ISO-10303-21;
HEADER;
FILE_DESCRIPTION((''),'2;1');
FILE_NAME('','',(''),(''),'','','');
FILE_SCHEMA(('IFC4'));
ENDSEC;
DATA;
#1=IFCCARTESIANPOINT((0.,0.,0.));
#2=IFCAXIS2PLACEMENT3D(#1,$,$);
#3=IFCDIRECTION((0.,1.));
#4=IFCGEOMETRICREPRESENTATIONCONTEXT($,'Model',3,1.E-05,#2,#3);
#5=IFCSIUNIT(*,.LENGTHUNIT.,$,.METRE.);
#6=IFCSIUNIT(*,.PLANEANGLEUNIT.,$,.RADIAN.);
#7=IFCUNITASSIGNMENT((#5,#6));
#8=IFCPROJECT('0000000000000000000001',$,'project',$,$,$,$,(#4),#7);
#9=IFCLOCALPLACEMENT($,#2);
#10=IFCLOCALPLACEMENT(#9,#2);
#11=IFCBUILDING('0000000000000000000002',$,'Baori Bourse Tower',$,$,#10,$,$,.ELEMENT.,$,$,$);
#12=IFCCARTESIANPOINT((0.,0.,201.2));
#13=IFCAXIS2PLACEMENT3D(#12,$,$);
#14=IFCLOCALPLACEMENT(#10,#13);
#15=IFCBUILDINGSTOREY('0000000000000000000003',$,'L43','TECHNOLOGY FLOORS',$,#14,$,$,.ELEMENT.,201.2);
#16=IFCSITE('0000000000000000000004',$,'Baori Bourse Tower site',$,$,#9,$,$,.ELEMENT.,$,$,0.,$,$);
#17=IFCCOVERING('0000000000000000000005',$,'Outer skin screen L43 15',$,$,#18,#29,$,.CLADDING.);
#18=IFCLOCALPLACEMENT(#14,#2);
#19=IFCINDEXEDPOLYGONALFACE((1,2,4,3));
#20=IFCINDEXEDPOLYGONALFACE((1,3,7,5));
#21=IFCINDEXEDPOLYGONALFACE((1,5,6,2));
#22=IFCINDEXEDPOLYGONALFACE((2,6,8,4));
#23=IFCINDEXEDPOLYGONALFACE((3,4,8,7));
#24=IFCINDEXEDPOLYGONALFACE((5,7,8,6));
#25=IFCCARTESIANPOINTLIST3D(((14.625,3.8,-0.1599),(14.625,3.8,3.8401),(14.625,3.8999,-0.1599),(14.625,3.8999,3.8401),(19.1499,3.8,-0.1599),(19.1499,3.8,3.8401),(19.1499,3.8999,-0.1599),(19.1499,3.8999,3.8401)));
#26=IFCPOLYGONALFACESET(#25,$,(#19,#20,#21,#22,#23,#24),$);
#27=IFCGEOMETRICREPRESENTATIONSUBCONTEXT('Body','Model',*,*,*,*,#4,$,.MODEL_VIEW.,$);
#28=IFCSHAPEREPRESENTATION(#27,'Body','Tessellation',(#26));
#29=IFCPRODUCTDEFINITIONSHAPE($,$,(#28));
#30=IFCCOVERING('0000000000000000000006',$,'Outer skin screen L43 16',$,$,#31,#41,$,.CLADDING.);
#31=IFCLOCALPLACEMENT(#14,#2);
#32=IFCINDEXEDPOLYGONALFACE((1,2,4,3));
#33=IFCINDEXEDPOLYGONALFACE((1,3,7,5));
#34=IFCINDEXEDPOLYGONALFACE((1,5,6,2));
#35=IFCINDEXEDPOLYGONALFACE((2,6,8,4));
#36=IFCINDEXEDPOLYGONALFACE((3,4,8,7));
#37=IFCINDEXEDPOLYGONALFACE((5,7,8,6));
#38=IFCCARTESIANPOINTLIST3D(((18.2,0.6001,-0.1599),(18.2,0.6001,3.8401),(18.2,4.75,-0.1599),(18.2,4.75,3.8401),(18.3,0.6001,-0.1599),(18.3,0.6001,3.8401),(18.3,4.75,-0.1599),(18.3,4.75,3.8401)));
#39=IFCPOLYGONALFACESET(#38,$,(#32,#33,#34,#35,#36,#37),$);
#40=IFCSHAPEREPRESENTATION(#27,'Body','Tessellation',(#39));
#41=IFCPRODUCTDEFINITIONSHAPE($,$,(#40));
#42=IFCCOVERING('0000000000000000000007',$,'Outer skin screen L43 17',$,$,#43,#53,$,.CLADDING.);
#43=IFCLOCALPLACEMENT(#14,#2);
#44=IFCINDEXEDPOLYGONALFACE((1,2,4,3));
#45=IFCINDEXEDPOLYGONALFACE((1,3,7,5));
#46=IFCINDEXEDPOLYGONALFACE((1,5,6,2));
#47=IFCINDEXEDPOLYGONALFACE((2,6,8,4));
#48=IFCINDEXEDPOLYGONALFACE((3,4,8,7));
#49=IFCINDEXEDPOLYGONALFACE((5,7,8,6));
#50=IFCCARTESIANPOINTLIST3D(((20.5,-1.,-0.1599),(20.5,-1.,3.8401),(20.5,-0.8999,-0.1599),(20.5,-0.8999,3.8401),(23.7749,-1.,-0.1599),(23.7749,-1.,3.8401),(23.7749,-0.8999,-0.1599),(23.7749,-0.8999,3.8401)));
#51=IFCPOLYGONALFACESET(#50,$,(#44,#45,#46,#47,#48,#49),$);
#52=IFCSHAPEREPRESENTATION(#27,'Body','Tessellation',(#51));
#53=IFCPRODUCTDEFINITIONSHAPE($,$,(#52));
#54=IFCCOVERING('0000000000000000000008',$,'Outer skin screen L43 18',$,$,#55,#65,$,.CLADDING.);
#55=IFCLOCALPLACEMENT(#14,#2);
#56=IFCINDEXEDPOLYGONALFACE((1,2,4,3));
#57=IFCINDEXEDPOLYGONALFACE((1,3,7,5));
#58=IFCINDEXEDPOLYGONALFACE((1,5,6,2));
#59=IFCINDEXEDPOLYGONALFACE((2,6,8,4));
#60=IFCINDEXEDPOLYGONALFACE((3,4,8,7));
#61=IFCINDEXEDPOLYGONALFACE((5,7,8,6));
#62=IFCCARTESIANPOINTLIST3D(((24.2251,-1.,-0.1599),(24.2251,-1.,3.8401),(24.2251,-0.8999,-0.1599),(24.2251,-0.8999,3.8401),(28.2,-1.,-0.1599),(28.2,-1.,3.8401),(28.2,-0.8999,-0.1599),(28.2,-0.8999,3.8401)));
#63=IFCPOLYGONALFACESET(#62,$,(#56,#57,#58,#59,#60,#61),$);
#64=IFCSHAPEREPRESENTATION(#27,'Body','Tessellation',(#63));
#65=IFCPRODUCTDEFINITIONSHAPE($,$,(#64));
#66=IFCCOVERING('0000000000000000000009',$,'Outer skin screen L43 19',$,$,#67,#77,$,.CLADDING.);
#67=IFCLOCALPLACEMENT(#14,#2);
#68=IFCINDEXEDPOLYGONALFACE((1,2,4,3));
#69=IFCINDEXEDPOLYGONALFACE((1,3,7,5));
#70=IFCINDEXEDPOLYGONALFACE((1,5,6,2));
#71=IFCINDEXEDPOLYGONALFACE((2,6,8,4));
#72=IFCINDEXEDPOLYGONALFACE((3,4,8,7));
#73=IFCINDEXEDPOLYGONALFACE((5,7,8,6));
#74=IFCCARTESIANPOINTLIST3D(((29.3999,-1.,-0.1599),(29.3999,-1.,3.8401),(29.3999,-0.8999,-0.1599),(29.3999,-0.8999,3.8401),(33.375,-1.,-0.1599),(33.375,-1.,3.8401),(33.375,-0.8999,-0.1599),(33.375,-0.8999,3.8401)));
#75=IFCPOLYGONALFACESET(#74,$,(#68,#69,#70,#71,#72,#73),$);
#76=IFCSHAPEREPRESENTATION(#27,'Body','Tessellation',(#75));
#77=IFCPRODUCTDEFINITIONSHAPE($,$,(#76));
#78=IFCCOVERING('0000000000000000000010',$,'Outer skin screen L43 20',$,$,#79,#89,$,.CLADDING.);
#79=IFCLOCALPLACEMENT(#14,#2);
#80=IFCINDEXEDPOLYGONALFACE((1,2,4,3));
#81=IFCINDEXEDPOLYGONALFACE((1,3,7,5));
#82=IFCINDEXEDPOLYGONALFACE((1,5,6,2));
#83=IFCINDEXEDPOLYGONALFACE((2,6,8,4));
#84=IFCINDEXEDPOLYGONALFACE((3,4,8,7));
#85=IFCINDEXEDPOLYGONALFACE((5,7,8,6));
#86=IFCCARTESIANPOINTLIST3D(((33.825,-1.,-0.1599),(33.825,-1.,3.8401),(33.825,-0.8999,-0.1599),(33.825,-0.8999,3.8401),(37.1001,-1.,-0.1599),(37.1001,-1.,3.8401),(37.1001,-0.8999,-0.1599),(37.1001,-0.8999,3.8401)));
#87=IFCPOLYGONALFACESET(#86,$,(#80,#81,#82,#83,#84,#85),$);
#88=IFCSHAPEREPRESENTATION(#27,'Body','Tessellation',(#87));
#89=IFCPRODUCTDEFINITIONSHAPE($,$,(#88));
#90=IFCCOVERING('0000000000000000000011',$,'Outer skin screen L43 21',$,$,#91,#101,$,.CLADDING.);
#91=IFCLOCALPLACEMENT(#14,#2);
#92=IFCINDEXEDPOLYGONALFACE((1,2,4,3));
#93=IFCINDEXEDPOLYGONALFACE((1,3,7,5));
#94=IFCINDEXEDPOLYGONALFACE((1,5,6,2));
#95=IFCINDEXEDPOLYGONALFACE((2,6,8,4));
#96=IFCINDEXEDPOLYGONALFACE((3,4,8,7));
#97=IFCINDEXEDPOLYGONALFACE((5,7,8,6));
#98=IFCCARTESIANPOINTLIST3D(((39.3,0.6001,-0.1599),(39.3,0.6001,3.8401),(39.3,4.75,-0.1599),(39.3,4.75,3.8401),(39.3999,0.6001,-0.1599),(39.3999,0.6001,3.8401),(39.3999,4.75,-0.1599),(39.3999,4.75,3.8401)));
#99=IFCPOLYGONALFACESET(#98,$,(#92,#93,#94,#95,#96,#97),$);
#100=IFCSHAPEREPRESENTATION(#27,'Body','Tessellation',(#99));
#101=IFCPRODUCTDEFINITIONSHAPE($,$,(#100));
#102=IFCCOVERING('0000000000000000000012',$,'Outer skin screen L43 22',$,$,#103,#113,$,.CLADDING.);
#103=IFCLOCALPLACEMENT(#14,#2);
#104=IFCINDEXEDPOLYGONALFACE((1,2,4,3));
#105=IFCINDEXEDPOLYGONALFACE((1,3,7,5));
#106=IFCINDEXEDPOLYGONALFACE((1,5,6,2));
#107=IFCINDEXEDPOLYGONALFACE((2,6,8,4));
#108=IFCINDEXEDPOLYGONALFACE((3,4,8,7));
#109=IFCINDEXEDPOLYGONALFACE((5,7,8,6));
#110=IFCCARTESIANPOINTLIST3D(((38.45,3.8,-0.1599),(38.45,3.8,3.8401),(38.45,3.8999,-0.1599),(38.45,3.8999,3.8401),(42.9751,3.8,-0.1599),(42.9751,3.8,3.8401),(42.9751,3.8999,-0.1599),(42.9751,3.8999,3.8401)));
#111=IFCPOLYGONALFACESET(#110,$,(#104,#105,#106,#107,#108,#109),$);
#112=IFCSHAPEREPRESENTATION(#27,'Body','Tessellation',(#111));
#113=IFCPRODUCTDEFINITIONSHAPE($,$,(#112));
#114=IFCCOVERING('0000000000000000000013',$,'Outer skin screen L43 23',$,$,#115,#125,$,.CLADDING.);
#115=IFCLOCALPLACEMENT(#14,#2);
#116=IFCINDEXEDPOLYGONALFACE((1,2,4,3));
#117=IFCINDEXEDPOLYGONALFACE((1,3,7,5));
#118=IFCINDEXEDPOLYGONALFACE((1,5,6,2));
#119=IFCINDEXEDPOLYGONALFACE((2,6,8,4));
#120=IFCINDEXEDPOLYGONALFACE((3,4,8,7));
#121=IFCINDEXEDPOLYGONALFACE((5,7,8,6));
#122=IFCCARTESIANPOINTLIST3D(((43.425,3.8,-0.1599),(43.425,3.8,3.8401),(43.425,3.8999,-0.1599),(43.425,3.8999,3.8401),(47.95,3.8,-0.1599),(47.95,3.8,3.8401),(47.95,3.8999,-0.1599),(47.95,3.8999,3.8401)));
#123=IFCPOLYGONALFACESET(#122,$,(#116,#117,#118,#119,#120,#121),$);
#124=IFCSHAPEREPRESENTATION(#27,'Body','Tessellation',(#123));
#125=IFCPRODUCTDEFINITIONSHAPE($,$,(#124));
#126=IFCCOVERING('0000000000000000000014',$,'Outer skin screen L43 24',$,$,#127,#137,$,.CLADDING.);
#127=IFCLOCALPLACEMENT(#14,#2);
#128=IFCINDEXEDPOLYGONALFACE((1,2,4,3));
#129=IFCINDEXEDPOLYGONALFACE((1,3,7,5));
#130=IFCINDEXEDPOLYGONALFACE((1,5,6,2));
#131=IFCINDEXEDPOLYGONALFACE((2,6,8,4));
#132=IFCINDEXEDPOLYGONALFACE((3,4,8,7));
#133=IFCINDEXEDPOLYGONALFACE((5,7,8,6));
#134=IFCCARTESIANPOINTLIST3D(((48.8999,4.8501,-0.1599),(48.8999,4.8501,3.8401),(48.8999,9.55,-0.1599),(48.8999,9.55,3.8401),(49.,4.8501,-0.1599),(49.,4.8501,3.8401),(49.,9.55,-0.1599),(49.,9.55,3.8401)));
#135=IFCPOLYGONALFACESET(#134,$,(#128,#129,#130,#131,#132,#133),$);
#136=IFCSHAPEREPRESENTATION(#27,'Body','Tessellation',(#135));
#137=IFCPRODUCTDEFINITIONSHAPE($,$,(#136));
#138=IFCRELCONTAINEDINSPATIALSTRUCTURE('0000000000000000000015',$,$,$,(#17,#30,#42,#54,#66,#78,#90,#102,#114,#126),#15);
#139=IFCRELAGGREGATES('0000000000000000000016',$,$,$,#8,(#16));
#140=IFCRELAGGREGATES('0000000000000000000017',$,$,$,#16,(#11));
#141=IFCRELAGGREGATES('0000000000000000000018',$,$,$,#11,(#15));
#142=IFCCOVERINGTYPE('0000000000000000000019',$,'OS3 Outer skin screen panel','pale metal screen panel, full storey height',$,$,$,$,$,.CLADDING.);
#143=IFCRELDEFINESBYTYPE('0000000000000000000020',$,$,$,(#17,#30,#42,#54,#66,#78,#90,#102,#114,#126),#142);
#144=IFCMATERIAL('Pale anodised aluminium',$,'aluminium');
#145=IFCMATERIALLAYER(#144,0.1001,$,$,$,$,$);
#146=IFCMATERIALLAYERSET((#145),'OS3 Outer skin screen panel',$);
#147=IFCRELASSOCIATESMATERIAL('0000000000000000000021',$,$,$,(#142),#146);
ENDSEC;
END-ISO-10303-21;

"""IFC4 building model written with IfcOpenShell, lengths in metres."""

from ifc_helpers import new_model, si_unit, direction, frame, origin, place, context, subcontext, project, spatial, polyline, outline, extrude, material, layer, layer_set, type_object, element, save


model = new_model("IFC4")

# Units and contexts
model_context = context("Model", 3, precision=1e-05, world=origin(), true_north=direction((0.0, 1.0)))
body_context = subcontext(model_context, "Body", "Model", "MODEL_VIEW")
ifc_project = project(units=[si_unit("LENGTHUNIT", "METRE"), si_unit("PLANEANGLEUNIT", "RADIAN")], contexts=[model_context])

# Site, building, storey
site_placement = place(None, origin())
site = spatial("IfcSite", under=ifc_project, at=site_placement, Name="Baori Bourse Tower site", CompositionType="ELEMENT", RefElevation=0.0)
building_placement = place(site_placement, origin())
building = spatial("IfcBuilding", under=site, at=building_placement, Name="Baori Bourse Tower", CompositionType="ELEMENT")
storey_placement = place(building_placement, frame((0.0, 0.0, 201.2)))
storey = spatial("IfcBuildingStorey", under=building, at=storey_placement, Name="L43", Description="TECHNOLOGY FLOORS", CompositionType="ELEMENT", Elevation=201.2)

# Coverings
ifc_material_1 = material(Name="Pale anodised aluminium", Category="aluminium")
ifc_layer_1 = layer(ifc_material_1, 0.1001)
ifc_layer_set_1 = layer_set([ifc_layer_1], Name="OS3 Outer skin screen panel")
covering_type = type_object("IfcCoveringType", Name="OS3 Outer skin screen panel", Description="pale metal screen panel, full storey height", PredefinedType="CLADDING", material=ifc_layer_set_1)
covering_1_placement = place(storey_placement, frame((0.0, 0.0, -0.1599)))
element("IfcCovering", 1, at=covering_1_placement, inside=storey, type_object=covering_type, Name="Outer skin screen L43 15", PredefinedType="CLADDING", context=body_context, shape_type="SweptSolid", body=[
    extrude(outline(polyline([(19.1499, 3.8999), (14.625, 3.8999), (14.625, 3.8), (19.1499, 3.8), (19.1499, 3.8999)])), origin(), (0.0, 0.0, 1.0), 4.0),
])
covering_2_placement = place(storey_placement, frame((0.0, 0.0, -0.1599)))
element("IfcCovering", 2, at=covering_2_placement, inside=storey, type_object=covering_type, Name="Outer skin screen L43 16", PredefinedType="CLADDING", context=body_context, shape_type="SweptSolid", body=[
    extrude(outline(polyline([(18.3, 0.6001), (18.3, 4.75), (18.2, 4.75), (18.2, 0.6001), (18.3, 0.6001)])), origin(), (0.0, 0.0, 1.0), 4.0),
])
covering_3_placement = place(storey_placement, frame((0.0, 0.0, -0.1599)))
element("IfcCovering", 3, at=covering_3_placement, inside=storey, type_object=covering_type, Name="Outer skin screen L43 17", PredefinedType="CLADDING", context=body_context, shape_type="SweptSolid", body=[
    extrude(outline(polyline([(23.7749, -0.8999), (20.5, -0.8999), (20.5, -1.0), (23.7749, -1.0), (23.7749, -0.8999)])), origin(), (0.0, 0.0, 1.0), 4.0),
])
covering_4_placement = place(storey_placement, frame((0.0, 0.0, -0.1599)))
element("IfcCovering", 4, at=covering_4_placement, inside=storey, type_object=covering_type, Name="Outer skin screen L43 18", PredefinedType="CLADDING", context=body_context, shape_type="SweptSolid", body=[
    extrude(outline(polyline([(28.2, -0.8999), (24.2251, -0.8999), (24.2251, -1.0), (28.2, -1.0), (28.2, -0.8999)])), origin(), (0.0, 0.0, 1.0), 4.0),
])
covering_5_placement = place(storey_placement, frame((0.0, 0.0, -0.1599)))
element("IfcCovering", 5, at=covering_5_placement, inside=storey, type_object=covering_type, Name="Outer skin screen L43 19", PredefinedType="CLADDING", context=body_context, shape_type="SweptSolid", body=[
    extrude(outline(polyline([(33.375, -0.8999), (29.3999, -0.8999), (29.3999, -1.0), (33.375, -1.0), (33.375, -0.8999)])), origin(), (0.0, 0.0, 1.0), 4.0),
])
covering_6_placement = place(storey_placement, frame((0.0, 0.0, -0.1599)))
element("IfcCovering", 6, at=covering_6_placement, inside=storey, type_object=covering_type, Name="Outer skin screen L43 20", PredefinedType="CLADDING", context=body_context, shape_type="SweptSolid", body=[
    extrude(outline(polyline([(37.1001, -0.8999), (33.825, -0.8999), (33.825, -1.0), (37.1001, -1.0), (37.1001, -0.8999)])), origin(), (0.0, 0.0, 1.0), 4.0),
])
covering_7_placement = place(storey_placement, frame((0.0, 0.0, -0.1599)))
element("IfcCovering", 7, at=covering_7_placement, inside=storey, type_object=covering_type, Name="Outer skin screen L43 21", PredefinedType="CLADDING", context=body_context, shape_type="SweptSolid", body=[
    extrude(outline(polyline([(39.3, 4.75), (39.3, 0.6001), (39.3999, 0.6001), (39.3999, 4.75), (39.3, 4.75)])), origin(), (0.0, 0.0, 1.0), 4.0),
])
covering_8_placement = place(storey_placement, frame((0.0, 0.0, -0.1599)))
element("IfcCovering", 8, at=covering_8_placement, inside=storey, type_object=covering_type, Name="Outer skin screen L43 22", PredefinedType="CLADDING", context=body_context, shape_type="SweptSolid", body=[
    extrude(outline(polyline([(42.9751, 3.8999), (38.45, 3.8999), (38.45, 3.8), (42.9751, 3.8), (42.9751, 3.8999)])), origin(), (0.0, 0.0, 1.0), 4.0),
])
covering_9_placement = place(storey_placement, frame((0.0, 0.0, -0.1599)))
element("IfcCovering", 9, at=covering_9_placement, inside=storey, type_object=covering_type, Name="Outer skin screen L43 23", PredefinedType="CLADDING", context=body_context, shape_type="SweptSolid", body=[
    extrude(outline(polyline([(47.95, 3.8999), (43.425, 3.8999), (43.425, 3.8), (47.95, 3.8), (47.95, 3.8999)])), origin(), (0.0, 0.0, 1.0), 4.0),
])
covering_10_placement = place(storey_placement, frame((0.0, 0.0, -0.1599)))
element("IfcCovering", 10, at=covering_10_placement, inside=storey, type_object=covering_type, Name="Outer skin screen L43 24", PredefinedType="CLADDING", context=body_context, shape_type="SweptSolid", body=[
    extrude(outline(polyline([(48.8999, 9.55), (48.8999, 4.8501), (49.0, 4.8501), (49.0, 9.55), (48.8999, 9.55)])), origin(), (0.0, 0.0, 1.0), 4.0),
])

save(model, "model.ifc")
